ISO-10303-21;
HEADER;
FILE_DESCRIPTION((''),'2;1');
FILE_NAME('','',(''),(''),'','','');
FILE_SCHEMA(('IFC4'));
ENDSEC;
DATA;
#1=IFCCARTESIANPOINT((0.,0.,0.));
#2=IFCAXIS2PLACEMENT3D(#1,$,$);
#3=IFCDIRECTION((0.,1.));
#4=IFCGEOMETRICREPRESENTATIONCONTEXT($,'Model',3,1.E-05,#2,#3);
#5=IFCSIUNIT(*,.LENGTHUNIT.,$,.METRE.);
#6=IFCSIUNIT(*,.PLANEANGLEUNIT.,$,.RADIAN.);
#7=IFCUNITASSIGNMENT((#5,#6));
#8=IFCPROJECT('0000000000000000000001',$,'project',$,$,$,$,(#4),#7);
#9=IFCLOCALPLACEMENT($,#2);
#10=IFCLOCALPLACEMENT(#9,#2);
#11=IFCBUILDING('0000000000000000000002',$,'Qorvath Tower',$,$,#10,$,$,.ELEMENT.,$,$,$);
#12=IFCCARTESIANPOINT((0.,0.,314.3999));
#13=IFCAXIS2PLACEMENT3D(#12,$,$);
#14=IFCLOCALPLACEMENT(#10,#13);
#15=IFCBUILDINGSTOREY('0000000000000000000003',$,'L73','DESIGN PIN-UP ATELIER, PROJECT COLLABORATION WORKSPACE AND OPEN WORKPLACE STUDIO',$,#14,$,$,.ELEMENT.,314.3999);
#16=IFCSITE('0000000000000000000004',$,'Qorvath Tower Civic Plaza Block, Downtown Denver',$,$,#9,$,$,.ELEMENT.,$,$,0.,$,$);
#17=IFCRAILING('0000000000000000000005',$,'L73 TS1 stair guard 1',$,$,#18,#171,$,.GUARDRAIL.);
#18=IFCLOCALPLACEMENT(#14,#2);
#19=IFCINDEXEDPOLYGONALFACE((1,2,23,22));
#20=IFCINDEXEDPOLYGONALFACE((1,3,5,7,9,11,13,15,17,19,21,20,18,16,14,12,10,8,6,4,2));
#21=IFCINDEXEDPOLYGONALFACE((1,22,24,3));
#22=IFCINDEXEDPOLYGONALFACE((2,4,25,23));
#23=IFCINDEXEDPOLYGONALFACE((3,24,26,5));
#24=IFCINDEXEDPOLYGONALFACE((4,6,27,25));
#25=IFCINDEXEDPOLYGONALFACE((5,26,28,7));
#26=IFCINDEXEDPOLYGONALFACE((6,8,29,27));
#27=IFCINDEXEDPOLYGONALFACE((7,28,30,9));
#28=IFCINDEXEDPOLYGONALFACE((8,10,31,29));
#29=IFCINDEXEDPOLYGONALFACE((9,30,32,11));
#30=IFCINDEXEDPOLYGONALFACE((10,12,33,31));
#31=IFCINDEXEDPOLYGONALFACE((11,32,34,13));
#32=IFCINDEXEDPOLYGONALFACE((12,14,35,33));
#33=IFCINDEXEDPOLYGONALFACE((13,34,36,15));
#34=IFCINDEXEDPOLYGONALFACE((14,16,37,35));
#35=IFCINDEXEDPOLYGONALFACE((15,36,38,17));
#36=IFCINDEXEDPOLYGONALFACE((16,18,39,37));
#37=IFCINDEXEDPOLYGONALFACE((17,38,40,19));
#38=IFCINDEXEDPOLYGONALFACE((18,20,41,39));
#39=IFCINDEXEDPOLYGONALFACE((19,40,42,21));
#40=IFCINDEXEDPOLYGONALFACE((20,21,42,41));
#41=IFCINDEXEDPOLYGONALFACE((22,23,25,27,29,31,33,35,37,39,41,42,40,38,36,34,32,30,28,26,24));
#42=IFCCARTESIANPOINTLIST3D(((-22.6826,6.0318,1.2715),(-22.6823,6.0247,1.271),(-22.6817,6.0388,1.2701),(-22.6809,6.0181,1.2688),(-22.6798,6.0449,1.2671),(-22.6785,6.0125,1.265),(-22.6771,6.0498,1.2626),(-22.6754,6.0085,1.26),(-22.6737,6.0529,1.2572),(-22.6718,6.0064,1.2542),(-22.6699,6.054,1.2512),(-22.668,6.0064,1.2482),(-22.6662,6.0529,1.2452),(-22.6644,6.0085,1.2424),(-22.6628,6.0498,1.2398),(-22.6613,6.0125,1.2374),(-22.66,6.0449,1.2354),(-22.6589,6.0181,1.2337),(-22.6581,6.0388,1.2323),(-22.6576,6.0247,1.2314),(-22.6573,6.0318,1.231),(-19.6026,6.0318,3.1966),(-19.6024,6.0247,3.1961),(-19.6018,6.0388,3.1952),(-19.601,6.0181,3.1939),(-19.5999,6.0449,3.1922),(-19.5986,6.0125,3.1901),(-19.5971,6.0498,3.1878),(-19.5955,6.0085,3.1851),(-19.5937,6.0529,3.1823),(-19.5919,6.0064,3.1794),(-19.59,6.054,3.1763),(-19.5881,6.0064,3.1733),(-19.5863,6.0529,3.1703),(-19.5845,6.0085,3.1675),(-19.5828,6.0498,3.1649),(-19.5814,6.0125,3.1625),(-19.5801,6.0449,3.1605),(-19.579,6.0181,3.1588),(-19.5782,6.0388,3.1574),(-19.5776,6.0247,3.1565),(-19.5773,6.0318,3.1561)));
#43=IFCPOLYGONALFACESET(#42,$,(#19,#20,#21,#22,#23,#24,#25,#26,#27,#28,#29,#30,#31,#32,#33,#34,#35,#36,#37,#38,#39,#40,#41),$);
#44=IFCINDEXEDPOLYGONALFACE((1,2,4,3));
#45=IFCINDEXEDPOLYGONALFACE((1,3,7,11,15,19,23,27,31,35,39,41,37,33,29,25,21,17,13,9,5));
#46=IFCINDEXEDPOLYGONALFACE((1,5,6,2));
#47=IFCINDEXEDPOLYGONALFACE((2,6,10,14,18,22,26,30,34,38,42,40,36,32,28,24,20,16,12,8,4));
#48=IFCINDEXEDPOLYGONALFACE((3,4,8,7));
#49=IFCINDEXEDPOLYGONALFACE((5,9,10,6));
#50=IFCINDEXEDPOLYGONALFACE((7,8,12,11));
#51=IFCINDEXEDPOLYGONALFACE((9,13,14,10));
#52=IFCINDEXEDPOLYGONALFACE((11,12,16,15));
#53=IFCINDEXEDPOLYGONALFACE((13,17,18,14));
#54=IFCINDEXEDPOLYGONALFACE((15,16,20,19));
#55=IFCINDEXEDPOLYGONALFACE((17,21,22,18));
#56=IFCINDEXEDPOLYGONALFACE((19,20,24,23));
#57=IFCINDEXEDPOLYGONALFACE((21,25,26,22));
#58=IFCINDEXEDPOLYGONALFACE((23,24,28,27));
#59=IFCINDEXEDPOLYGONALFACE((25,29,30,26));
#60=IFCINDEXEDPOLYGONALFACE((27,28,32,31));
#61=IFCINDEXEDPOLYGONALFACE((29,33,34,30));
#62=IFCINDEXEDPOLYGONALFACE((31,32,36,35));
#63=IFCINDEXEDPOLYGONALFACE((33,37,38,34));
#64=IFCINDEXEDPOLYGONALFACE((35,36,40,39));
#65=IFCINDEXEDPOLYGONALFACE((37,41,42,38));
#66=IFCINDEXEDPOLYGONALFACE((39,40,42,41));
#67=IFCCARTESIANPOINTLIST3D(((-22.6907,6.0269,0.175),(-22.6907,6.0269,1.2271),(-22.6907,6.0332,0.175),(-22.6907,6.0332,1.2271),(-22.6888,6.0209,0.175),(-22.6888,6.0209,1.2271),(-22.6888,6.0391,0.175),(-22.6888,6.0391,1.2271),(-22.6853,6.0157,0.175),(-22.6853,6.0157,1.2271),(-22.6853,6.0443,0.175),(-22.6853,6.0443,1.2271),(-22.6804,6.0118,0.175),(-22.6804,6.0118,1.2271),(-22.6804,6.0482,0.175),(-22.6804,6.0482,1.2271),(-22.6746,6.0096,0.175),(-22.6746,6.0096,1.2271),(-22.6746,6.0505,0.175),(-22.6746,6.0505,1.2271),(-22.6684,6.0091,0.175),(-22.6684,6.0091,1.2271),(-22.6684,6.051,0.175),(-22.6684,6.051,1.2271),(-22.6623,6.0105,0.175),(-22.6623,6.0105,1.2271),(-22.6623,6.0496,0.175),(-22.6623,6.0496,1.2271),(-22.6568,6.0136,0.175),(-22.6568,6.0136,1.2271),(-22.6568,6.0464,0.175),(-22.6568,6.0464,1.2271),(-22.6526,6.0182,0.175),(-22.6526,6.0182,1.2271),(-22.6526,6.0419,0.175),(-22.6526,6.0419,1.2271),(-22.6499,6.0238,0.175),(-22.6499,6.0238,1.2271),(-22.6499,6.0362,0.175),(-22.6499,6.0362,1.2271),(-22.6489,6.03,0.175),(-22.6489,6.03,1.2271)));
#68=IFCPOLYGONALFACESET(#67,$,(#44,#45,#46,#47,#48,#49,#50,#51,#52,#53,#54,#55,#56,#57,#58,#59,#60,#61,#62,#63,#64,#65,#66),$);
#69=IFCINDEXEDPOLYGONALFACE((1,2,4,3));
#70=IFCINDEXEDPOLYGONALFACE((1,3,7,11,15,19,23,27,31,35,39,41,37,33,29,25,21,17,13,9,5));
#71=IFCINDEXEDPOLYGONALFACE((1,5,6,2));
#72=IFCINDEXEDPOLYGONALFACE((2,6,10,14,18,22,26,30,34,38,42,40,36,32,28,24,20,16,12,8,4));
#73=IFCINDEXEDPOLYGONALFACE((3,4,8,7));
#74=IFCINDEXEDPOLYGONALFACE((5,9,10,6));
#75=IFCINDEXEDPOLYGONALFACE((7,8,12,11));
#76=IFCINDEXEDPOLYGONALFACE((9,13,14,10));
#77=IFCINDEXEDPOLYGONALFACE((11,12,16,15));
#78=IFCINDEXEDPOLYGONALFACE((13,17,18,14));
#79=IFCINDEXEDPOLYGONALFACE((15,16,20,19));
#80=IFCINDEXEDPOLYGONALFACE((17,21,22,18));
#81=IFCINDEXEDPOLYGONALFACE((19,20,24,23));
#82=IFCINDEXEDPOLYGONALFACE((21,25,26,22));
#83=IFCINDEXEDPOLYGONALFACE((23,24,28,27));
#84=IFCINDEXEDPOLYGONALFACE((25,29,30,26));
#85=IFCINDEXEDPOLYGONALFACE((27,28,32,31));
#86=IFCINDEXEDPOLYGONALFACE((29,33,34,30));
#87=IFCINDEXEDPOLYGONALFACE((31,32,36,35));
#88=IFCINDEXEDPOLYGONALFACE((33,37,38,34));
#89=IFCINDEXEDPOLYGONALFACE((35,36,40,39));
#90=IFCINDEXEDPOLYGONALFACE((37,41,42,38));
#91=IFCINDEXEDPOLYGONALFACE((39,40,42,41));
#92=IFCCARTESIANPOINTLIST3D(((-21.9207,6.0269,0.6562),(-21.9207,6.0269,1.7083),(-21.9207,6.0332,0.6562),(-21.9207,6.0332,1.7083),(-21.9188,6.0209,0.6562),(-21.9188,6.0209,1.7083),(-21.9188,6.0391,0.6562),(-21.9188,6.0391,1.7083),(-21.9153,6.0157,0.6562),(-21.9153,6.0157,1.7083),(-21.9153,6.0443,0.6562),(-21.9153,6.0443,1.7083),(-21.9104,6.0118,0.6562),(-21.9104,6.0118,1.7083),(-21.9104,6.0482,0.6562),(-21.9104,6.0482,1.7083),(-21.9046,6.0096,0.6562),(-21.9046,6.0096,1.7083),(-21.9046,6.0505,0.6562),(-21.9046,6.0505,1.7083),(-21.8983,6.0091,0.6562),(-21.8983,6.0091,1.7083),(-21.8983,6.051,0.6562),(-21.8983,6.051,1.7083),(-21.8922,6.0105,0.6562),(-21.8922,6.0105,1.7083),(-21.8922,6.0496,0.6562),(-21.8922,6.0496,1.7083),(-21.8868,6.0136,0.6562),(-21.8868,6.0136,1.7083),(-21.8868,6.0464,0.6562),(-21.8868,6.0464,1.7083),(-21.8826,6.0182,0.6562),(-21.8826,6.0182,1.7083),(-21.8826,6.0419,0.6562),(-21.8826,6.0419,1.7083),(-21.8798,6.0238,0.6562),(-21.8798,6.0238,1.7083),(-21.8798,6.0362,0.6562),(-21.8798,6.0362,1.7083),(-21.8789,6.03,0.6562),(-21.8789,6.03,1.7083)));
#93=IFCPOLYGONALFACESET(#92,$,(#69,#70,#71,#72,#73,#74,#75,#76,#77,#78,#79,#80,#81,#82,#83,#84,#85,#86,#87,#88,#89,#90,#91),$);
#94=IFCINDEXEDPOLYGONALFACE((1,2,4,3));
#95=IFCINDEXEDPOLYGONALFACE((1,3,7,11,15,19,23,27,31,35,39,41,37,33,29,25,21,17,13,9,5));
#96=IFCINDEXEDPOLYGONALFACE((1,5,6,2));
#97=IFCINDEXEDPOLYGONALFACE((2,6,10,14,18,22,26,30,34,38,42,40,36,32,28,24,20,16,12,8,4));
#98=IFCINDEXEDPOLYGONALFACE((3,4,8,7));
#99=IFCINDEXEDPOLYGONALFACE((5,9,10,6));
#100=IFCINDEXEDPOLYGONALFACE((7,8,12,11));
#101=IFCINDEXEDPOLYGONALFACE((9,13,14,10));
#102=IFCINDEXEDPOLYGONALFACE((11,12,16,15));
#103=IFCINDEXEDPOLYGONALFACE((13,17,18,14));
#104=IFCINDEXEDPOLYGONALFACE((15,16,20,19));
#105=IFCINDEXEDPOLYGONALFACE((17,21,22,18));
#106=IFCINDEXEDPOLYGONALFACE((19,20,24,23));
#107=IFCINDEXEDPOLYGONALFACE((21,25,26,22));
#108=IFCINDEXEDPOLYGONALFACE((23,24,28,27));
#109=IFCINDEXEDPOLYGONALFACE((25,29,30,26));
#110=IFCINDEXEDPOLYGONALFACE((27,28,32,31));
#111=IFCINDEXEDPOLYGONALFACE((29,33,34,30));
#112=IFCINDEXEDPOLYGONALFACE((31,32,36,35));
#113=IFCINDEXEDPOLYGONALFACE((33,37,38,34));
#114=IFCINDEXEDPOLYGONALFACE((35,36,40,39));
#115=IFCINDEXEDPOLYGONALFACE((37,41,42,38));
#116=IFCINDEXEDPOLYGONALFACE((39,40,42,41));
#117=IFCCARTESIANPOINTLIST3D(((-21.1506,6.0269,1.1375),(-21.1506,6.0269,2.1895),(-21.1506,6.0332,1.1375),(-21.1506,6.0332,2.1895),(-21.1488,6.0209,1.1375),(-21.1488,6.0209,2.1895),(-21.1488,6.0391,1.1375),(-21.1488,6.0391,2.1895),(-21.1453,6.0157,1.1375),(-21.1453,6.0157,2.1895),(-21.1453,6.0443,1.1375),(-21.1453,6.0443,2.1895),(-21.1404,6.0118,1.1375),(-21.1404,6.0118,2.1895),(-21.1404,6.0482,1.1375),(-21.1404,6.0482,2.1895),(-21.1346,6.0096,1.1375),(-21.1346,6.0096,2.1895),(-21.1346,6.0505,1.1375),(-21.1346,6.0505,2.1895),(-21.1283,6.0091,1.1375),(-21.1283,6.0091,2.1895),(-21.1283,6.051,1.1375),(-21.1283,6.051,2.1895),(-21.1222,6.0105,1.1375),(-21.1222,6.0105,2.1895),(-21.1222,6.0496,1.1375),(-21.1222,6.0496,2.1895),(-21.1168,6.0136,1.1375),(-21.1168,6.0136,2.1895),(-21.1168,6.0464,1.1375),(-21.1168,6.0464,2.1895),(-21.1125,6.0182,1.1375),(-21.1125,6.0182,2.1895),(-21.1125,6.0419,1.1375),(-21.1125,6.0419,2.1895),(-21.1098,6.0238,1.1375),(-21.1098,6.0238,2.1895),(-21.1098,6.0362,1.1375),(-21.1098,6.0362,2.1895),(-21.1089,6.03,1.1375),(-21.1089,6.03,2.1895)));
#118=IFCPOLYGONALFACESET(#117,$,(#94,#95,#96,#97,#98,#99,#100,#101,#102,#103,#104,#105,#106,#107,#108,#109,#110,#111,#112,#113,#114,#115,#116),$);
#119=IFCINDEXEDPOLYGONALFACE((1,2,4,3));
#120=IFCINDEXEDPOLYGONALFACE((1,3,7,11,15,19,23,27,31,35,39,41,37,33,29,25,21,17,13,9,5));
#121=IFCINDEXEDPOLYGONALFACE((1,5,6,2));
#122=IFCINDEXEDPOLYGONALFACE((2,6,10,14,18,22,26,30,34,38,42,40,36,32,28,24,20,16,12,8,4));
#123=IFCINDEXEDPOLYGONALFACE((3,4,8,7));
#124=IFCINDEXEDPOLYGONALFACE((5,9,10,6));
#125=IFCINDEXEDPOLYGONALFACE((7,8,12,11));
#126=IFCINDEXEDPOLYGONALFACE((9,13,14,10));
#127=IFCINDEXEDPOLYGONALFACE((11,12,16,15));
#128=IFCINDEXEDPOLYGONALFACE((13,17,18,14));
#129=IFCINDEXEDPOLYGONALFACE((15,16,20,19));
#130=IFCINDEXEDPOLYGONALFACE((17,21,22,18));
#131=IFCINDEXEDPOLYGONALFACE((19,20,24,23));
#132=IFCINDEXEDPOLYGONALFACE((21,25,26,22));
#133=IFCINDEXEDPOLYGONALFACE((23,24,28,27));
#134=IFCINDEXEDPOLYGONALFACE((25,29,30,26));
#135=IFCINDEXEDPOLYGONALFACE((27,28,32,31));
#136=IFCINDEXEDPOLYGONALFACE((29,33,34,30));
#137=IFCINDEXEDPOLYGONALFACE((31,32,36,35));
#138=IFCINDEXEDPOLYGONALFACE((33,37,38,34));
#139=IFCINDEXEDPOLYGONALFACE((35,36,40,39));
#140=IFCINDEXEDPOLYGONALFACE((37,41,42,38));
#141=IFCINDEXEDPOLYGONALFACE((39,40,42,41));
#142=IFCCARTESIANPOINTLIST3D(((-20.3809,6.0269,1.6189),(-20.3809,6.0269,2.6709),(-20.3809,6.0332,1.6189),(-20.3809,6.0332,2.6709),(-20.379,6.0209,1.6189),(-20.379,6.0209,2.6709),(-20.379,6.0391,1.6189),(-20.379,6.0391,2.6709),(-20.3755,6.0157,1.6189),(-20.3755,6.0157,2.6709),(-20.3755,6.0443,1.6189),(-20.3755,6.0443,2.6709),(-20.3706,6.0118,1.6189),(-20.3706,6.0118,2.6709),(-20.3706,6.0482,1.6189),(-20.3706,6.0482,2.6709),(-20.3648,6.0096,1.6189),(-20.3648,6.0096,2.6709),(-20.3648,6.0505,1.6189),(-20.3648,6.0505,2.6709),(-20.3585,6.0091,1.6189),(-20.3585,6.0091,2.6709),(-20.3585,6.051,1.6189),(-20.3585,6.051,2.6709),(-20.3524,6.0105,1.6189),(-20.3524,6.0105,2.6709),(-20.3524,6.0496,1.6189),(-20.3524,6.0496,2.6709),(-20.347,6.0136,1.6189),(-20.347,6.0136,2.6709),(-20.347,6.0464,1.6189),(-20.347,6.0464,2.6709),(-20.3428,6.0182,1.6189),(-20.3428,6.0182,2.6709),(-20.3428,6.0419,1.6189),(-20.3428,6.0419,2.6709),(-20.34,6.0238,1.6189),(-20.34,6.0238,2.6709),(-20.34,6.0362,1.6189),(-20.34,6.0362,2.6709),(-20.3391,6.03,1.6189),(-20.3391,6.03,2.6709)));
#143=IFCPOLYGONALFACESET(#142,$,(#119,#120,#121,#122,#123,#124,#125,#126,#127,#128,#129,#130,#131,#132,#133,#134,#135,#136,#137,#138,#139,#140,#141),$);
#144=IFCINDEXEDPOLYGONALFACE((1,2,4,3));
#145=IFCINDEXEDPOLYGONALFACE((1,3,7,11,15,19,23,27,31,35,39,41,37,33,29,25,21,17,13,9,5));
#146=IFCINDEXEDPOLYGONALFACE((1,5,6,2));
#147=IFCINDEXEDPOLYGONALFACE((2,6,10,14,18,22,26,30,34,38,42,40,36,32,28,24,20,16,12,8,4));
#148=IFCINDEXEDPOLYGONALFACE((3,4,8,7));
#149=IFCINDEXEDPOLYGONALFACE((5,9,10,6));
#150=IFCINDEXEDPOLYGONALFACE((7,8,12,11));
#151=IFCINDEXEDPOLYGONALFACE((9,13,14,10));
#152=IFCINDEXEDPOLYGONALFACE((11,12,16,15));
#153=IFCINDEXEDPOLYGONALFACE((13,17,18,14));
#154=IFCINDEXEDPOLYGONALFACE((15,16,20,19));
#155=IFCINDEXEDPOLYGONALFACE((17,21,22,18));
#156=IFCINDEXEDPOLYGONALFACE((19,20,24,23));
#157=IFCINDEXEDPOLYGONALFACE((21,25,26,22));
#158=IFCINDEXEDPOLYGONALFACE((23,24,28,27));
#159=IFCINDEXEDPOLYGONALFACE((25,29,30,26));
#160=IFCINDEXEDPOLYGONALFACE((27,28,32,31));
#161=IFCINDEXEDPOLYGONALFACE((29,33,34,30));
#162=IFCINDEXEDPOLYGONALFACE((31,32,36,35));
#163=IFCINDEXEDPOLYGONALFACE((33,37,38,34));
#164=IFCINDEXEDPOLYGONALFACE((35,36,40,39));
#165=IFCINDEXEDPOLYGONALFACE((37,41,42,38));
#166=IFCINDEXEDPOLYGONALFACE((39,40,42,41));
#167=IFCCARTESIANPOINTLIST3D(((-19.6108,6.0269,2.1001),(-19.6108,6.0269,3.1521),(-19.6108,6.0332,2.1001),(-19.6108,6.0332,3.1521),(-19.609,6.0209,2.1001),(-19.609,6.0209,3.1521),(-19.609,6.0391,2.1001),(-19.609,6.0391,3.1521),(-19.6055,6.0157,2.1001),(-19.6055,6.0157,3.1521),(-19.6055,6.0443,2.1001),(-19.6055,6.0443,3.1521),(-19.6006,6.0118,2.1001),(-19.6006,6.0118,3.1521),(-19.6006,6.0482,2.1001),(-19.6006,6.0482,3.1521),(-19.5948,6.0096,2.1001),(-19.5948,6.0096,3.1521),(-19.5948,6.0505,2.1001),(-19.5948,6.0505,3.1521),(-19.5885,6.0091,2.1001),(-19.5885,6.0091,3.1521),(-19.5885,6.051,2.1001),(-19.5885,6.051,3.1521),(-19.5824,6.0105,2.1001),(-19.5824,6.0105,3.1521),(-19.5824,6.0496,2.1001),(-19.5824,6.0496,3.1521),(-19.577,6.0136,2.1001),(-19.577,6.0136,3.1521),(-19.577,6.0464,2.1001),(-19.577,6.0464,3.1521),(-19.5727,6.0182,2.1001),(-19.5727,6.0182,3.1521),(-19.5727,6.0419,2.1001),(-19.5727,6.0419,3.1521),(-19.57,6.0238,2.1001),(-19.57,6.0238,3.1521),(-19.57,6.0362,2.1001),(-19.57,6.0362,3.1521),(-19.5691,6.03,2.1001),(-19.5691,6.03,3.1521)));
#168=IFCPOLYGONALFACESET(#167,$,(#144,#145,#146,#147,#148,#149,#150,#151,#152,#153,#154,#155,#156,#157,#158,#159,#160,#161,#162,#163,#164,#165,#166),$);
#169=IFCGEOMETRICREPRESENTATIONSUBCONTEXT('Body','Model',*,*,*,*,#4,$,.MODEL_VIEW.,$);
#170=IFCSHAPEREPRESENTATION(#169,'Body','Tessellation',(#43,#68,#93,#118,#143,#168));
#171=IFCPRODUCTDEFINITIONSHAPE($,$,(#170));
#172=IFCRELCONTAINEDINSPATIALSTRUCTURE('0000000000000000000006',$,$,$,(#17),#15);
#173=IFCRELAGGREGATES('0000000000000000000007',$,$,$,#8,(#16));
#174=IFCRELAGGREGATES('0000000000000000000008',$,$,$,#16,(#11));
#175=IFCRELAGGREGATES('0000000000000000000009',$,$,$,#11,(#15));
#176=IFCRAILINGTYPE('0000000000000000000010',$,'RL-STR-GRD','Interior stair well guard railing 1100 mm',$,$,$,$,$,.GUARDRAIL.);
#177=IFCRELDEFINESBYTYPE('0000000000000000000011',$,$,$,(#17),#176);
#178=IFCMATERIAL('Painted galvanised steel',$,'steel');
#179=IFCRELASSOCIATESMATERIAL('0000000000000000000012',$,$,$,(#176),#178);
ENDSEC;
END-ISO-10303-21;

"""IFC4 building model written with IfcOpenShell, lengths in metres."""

from ifc_helpers import new_model, si_unit, direction, frame, origin, origin_2d, place, context, subcontext, project, spatial, circle, extrude, material, type_object, element, save


model = new_model("IFC4")

# Units and contexts
model_context = context("Model", 3, precision=1e-05, world=origin(), true_north=direction((0.0, 1.0)))
body_context = subcontext(model_context, "Body", "Model", "MODEL_VIEW")
ifc_project = project(units=[si_unit("LENGTHUNIT", "METRE"), si_unit("PLANEANGLEUNIT", "RADIAN")], contexts=[model_context])

# Site, building, storey
site_placement = place(None, origin())
site = spatial("IfcSite", under=ifc_project, at=site_placement, Name="Qorvath Tower Civic Plaza Block, Downtown Denver", CompositionType="ELEMENT", RefElevation=0.0)
building_placement = place(site_placement, origin())
building = spatial("IfcBuilding", under=site, at=building_placement, Name="Qorvath Tower", CompositionType="ELEMENT")
storey_placement = place(building_placement, frame((0.0, 0.0, 314.3999)))
storey = spatial("IfcBuildingStorey", under=building, at=storey_placement, Name="L73", Description="DESIGN PIN-UP ATELIER, PROJECT COLLABORATION WORKSPACE AND OPEN WORKPLACE STUDIO", CompositionType="ELEMENT", Elevation=314.3999)

# Railing
ifc_material_1 = material(Name="Painted galvanised steel", Category="steel")
railing_type_1 = type_object("IfcRailingType", Name="RL-STR-GRD", Description="Interior stair well guard railing 1100 mm", PredefinedType="GUARDRAIL", material=ifc_material_1)
railing_1_placement = place(storey_placement, frame((-22.6699, 6.03, 0.175)))
element("IfcRailing", 1, at=railing_1_placement, inside=storey, type_object=railing_type_1, Name="L73 TS1 stair guard 1", PredefinedType="GUARDRAIL", context=body_context, shape_type="SweptSolid", body=[
    extrude(circle(Radius=0.0239, at=origin_2d()), frame((0.0, 0.0, 1.0762), z_axis=(0.847979, 0.0, 0.530029), x_axis=(0.0, 1.0, 0.0)), (0.0, 0.0, 1.0), 3.6321),
    extrude(circle(Radius=0.021, at=origin_2d()), origin(), (0.0, 0.0, 1.0), 1.052),
    extrude(circle(Radius=0.021, at=origin_2d()), frame((0.77, 0.0, 0.4812)), (0.0, 0.0, 1.0), 1.052),
    extrude(circle(Radius=0.021, at=origin_2d()), frame((1.54, 0.0, 0.9624)), (0.0, 0.0, 1.0), 1.052),
    extrude(circle(Radius=0.021, at=origin_2d()), frame((2.3098, 0.0, 1.4438)), (0.0, 0.0, 1.0), 1.052),
    extrude(circle(Radius=0.021, at=origin_2d()), frame((3.0798, 0.0, 1.925)), (0.0, 0.0, 1.0), 1.052),
])

save(model, "model.ifc")
